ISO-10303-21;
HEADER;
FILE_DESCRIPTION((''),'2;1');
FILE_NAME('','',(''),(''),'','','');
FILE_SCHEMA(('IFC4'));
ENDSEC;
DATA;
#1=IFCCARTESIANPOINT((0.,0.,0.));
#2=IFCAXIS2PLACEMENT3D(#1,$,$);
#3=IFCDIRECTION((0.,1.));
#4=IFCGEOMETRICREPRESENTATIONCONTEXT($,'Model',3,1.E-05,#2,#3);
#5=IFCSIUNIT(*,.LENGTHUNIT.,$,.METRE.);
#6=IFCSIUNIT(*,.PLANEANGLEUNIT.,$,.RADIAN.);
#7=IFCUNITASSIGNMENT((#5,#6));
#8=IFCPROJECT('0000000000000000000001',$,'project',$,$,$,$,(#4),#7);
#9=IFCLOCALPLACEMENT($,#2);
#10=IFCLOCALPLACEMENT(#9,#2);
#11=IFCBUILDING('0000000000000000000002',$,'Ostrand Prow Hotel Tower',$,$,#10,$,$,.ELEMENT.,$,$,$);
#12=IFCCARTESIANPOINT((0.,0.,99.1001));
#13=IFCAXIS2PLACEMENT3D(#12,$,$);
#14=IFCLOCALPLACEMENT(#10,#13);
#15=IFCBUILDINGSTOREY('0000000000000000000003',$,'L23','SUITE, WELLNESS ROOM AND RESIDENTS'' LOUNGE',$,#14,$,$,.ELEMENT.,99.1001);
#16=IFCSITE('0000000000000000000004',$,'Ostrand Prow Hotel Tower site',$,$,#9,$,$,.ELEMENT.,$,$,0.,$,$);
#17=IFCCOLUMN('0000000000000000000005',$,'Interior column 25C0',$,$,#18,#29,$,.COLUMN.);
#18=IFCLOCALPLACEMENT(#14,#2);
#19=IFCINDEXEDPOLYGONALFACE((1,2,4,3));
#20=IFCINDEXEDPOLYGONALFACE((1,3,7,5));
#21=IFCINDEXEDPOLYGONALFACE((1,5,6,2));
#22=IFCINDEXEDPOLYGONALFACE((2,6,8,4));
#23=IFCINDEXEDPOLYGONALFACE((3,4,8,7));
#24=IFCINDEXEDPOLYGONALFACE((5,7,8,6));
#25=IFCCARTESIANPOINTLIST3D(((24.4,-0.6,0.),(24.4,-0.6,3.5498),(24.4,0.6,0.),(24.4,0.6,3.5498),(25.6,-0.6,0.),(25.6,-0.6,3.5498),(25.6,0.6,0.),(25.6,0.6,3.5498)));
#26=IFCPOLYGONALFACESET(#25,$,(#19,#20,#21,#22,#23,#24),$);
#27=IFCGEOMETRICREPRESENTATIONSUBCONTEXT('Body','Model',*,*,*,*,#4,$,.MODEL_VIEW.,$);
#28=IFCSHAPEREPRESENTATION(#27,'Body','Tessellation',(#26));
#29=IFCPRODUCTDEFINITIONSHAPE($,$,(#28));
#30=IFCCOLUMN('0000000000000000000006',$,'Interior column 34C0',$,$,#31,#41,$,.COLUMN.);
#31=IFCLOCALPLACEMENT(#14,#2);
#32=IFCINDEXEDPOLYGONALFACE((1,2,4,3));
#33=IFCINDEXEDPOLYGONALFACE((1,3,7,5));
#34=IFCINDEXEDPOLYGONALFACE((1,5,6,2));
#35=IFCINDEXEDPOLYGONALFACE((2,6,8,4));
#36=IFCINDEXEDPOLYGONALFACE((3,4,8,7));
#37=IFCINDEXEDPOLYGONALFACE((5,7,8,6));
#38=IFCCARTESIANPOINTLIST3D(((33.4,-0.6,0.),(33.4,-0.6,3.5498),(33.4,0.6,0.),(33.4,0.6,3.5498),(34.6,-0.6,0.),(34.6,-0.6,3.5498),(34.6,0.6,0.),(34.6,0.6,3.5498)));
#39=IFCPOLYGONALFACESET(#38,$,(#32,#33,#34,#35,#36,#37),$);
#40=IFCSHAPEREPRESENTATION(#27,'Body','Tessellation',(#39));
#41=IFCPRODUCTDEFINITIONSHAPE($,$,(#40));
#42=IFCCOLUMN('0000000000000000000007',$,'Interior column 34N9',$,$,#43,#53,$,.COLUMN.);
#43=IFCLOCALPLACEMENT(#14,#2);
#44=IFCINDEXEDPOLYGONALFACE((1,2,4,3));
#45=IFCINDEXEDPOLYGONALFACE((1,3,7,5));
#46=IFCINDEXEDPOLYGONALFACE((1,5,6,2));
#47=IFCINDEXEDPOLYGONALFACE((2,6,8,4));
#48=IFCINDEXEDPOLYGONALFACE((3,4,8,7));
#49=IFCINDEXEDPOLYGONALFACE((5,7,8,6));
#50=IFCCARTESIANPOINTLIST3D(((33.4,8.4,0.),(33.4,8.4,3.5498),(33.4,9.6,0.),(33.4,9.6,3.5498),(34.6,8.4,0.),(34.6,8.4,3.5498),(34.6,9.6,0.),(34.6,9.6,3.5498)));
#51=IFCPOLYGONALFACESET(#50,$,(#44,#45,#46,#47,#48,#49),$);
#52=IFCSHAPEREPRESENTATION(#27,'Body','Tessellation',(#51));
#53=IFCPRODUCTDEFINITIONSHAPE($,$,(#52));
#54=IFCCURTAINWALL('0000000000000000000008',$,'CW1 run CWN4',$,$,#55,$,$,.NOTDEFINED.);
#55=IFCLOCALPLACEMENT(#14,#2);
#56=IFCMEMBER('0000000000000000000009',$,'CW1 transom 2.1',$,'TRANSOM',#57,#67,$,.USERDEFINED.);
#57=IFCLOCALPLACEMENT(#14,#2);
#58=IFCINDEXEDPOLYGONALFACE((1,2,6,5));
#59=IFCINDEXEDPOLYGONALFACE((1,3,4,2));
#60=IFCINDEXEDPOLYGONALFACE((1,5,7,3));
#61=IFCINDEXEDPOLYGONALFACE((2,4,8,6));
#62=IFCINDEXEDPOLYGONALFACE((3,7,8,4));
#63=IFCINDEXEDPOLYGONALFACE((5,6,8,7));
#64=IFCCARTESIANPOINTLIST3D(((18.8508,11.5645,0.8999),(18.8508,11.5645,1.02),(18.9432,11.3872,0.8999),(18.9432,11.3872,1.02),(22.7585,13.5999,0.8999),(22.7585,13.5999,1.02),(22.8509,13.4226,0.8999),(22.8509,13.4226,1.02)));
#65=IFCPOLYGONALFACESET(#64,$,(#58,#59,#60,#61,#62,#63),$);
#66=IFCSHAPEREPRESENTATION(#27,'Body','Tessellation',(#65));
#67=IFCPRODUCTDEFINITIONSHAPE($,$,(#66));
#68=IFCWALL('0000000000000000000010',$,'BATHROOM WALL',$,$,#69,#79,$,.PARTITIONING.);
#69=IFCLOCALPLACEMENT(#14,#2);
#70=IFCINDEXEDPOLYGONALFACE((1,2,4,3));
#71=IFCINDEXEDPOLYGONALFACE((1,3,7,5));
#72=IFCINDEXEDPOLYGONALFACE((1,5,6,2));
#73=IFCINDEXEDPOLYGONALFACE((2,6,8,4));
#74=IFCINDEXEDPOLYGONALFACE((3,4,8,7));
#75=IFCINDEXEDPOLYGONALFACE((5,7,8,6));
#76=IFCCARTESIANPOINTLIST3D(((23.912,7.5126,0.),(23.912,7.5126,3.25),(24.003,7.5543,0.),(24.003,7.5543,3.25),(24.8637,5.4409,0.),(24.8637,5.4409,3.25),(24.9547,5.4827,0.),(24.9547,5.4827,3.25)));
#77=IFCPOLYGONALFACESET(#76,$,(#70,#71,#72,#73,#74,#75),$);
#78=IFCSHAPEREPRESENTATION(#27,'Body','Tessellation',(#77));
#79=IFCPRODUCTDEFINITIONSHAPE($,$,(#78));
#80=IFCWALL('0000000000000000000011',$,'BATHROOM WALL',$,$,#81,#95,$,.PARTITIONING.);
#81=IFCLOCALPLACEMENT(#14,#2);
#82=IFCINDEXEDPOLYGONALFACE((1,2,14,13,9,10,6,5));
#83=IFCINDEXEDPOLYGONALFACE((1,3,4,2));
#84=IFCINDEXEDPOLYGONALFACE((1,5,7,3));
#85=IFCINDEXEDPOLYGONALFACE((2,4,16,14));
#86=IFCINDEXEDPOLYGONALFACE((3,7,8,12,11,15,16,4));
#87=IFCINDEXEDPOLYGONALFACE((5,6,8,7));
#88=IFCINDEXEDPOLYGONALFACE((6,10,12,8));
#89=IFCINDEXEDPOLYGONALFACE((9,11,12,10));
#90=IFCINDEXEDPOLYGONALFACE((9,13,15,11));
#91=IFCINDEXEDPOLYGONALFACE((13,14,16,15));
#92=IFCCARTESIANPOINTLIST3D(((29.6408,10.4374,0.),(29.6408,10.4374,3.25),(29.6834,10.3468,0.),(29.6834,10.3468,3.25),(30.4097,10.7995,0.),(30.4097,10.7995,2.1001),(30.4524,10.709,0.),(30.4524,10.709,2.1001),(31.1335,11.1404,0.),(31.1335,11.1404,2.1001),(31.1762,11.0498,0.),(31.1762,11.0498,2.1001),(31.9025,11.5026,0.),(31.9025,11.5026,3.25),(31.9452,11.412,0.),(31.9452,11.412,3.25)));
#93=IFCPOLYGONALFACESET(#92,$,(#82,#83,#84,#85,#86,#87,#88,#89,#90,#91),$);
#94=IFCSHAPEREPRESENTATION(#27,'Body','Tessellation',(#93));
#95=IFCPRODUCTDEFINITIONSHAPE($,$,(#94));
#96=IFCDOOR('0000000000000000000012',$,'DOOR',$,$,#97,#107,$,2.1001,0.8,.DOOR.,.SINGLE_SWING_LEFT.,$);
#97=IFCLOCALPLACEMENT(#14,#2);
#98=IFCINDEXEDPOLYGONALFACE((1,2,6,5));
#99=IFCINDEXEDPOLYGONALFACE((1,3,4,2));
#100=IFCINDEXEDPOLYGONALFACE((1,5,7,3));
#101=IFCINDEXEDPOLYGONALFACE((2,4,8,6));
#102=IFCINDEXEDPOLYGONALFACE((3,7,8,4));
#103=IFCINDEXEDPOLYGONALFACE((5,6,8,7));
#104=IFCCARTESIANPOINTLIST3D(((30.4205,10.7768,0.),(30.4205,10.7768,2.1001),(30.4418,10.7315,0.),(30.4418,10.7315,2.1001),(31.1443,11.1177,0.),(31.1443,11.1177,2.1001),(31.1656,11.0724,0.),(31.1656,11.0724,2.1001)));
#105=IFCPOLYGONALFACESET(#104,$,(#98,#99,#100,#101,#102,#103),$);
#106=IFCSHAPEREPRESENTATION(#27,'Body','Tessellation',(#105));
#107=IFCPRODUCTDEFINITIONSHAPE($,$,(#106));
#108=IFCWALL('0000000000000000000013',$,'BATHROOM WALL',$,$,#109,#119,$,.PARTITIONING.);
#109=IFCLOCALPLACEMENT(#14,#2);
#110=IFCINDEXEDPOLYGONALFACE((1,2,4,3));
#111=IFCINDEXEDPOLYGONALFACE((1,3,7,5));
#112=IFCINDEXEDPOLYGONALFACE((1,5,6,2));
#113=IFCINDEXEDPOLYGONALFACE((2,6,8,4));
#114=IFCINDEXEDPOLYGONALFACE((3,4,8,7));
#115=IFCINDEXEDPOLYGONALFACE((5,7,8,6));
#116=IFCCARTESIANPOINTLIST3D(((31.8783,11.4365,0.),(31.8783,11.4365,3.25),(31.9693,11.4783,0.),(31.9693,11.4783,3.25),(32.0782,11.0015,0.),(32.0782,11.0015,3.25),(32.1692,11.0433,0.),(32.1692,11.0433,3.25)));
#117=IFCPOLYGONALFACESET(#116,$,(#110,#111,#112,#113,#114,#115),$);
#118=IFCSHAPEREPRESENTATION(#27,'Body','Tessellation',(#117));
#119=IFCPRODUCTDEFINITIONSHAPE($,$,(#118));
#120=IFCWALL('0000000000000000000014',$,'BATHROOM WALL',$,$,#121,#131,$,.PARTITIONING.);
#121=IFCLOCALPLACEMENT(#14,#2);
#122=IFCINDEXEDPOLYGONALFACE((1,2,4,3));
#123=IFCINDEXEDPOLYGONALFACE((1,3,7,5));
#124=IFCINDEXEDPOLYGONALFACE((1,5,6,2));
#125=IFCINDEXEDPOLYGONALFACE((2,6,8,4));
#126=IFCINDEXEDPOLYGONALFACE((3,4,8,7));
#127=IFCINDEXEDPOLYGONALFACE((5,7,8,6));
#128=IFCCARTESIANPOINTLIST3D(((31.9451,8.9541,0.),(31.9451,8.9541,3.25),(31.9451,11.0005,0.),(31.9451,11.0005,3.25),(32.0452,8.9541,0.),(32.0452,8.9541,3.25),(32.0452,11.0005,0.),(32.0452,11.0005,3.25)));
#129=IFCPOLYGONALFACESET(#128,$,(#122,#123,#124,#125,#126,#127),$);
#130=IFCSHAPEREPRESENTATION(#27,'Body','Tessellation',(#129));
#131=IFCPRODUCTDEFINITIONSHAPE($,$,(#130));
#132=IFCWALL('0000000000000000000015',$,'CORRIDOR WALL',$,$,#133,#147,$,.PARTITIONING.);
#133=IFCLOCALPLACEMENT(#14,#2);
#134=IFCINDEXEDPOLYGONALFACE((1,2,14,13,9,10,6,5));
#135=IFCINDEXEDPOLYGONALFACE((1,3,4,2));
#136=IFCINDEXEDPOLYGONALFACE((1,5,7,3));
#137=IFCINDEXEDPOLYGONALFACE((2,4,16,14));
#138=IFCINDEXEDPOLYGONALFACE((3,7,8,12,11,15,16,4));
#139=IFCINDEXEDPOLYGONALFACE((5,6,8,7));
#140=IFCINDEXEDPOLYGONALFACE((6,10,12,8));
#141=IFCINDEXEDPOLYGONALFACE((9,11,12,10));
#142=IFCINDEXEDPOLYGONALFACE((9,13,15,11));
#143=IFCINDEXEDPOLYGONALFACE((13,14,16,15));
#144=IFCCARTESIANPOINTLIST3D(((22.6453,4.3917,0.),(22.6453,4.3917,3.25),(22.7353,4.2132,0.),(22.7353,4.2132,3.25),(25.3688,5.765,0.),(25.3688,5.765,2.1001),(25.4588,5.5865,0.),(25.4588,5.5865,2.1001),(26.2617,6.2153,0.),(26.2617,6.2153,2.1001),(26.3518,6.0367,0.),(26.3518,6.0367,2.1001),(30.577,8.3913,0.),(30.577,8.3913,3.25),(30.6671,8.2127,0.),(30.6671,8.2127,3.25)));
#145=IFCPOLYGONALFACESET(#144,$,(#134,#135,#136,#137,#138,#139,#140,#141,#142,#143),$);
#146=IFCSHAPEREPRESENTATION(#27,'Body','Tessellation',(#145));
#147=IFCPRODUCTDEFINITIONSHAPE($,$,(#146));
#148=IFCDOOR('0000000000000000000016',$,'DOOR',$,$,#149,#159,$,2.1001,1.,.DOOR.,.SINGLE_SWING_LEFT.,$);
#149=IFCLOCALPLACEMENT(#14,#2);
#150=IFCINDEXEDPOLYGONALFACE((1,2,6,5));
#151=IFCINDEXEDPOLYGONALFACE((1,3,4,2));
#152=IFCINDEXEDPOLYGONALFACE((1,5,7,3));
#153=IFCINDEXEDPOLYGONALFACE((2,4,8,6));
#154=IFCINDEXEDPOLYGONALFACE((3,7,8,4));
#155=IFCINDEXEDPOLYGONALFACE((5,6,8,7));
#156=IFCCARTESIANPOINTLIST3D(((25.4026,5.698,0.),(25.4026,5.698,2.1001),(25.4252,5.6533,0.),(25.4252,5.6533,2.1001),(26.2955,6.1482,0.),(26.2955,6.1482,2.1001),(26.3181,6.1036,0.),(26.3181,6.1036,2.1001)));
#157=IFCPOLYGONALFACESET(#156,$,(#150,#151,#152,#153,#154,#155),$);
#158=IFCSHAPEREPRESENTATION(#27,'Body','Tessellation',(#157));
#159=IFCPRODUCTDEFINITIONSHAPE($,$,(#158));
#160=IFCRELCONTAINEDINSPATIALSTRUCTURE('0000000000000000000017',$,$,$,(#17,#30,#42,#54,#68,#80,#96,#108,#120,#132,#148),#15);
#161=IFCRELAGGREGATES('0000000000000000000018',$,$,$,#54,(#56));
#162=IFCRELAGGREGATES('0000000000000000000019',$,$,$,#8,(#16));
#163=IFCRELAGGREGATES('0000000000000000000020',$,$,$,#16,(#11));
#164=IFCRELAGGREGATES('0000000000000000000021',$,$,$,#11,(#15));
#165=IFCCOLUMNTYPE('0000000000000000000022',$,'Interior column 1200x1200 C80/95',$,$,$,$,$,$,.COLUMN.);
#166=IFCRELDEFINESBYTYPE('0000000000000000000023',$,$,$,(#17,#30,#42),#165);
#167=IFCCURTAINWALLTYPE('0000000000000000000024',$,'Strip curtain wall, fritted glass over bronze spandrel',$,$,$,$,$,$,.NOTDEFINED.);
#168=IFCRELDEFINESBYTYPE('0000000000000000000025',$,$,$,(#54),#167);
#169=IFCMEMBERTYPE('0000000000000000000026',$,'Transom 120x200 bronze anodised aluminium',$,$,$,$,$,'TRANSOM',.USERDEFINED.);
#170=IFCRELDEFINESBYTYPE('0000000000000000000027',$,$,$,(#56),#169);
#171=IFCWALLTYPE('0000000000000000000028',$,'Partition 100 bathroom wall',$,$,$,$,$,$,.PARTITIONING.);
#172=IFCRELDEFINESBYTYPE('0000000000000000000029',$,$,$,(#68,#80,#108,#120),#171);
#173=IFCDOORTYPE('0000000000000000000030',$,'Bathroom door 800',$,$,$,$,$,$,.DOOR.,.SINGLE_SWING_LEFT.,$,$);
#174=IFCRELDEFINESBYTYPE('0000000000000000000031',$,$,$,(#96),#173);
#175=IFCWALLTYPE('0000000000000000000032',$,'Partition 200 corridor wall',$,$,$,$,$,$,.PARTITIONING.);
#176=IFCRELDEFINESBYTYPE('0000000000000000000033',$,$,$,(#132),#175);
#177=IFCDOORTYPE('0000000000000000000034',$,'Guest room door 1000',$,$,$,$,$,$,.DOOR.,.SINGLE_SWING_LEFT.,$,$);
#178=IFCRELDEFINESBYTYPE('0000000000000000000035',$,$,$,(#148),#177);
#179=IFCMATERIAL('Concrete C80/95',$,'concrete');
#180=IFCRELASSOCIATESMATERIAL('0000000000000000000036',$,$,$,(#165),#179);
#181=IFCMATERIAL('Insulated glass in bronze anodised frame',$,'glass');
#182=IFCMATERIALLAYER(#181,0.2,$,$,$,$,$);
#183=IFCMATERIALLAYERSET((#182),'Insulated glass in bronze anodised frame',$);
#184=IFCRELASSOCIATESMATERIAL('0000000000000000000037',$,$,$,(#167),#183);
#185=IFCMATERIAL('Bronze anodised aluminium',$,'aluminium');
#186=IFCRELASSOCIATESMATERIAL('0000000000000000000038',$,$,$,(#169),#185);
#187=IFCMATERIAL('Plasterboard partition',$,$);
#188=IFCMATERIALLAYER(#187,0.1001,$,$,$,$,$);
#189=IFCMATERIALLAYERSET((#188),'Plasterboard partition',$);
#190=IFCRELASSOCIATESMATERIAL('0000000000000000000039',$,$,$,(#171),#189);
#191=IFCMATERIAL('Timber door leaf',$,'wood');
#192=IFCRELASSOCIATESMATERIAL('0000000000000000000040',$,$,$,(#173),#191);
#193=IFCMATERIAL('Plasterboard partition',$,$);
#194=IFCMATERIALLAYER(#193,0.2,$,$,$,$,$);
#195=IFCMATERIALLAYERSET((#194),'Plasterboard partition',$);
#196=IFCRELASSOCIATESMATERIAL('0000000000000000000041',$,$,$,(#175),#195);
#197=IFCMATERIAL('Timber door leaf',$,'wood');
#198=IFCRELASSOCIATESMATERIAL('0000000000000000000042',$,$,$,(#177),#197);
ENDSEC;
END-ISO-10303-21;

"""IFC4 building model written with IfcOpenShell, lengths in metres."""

from ifc_helpers import new_model, si_unit, direction, frame, frame_2d, origin, origin_2d, place, context, subcontext, project, spatial, rectangle, extrude, material, layer, layer_set, material_profile, profile_set, type_object, element, fill, aggregate, save


model = new_model("IFC4")

# Units and contexts
model_context = context("Model", 3, precision=1e-05, world=origin(), true_north=direction((0.0, 1.0)))
body_context = subcontext(model_context, "Body", "Model", "MODEL_VIEW")
ifc_project = project(units=[si_unit("LENGTHUNIT", "METRE"), si_unit("PLANEANGLEUNIT", "RADIAN")], contexts=[model_context])

# Site, building, storey
site_placement = place(None, origin())
site = spatial("IfcSite", under=ifc_project, at=site_placement, Name="Ostrand Prow Hotel Tower site", CompositionType="ELEMENT", RefElevation=0.0)
building_placement = place(site_placement, origin())
building = spatial("IfcBuilding", under=site, at=building_placement, Name="Ostrand Prow Hotel Tower", CompositionType="ELEMENT")
storey_placement = place(building_placement, frame((0.0, 0.0, 99.1001)))
storey = spatial("IfcBuildingStorey", under=building, at=storey_placement, Name="L23", Description="SUITE, WELLNESS ROOM AND RESIDENTS' LOUNGE", CompositionType="ELEMENT", Elevation=99.1001)

# Columns
ifc_material_1 = material(Name="Concrete C80/95", Category="concrete")
ifc_material_profile_1 = material_profile(ifc_material_1, rectangle(XDim=1.2, YDim=1.2, at=origin_2d()), Name="RC 1200x1200")
ifc_profile_set_1 = profile_set([ifc_material_profile_1], Name="Concrete C80/95")
column_type = type_object("IfcColumnType", Name="Interior column 1200x1200 C80/95", PredefinedType="COLUMN", material=ifc_profile_set_1)
for number, where, z_axis, x_axis, name in (
    (1, (25.0, 0.0, 0.0), (0.0, 0.0, 1.0), (1.0, 0.0, 0.0), "Interior column 25C0"),
    (2, (34.0, 0.0, 0.0), (0.0, 0.0, 1.0), (1.0, 0.0, 0.0), "Interior column 34C0"),
    (3, (34.0, 9.0, 0.0), (0.0, 0.0, 1.0), (1.0, 0.0, 0.0), "Interior column 34N9"),
):
    element("IfcColumn", number, at=place(storey_placement, frame(where, z_axis=z_axis, x_axis=x_axis)), inside=storey, type_object=column_type, Name=name, PredefinedType="COLUMN", context=body_context, shape_type="SweptSolid", body=[
        extrude(rectangle(XDim=1.2, YDim=1.2, at=origin_2d()), origin(), (0.0, 0.0, 1.0), 3.5498),
    ])

# Curtain wall, member
ifc_material_2 = material(Name="Insulated glass in bronze anodised frame", Category="glass")
ifc_layer_1 = layer(ifc_material_2, 0.2)
ifc_layer_set_1 = layer_set([ifc_layer_1], Name="Insulated glass in bronze anodised frame")
curtain_wall_type = type_object("IfcCurtainWallType", Name="Strip curtain wall, fritted glass over bronze spandrel", PredefinedType="NOTDEFINED", material=ifc_layer_set_1)
curtain_wall_placement = place(storey_placement, origin())
curtain_wall = element("IfcCurtainWall", 4, at=curtain_wall_placement, inside=storey, type_object=curtain_wall_type, Name="CW1 run CWN4", PredefinedType="NOTDEFINED")
ifc_material_3 = material(Name="Bronze anodised aluminium", Category="aluminium")
ifc_material_profile_2 = material_profile(ifc_material_3, rectangle(XDim=0.2, YDim=0.1201, at=origin_2d()), Name="Transom 120x200 bronze anodised aluminium")
ifc_profile_set_2 = profile_set([ifc_material_profile_2], Name="Bronze anodised aluminium")
member_type = type_object("IfcMemberType", Name="Transom 120x200 bronze anodised aluminium", ElementType="TRANSOM", PredefinedType="USERDEFINED", material=ifc_profile_set_2)
member_placement = place(storey_placement, frame((22.8047, 13.5112, 0.96), z_axis=(-0.886902, -0.461958, 0.0), x_axis=(0.461958, -0.886902, 0.0)))
member = element("IfcMember", 5, at=member_placement, type_object=member_type, Name="CW1 transom 2.1", ObjectType="TRANSOM", PredefinedType="USERDEFINED", context=body_context, shape_type="SweptSolid", body=[
    extrude(rectangle(XDim=0.2, YDim=0.1201, at=origin_2d()), origin(), (0.0, 0.0, 1.0), 4.406),
])
aggregate(curtain_wall, [member])

# Wall
ifc_material_4 = material(Name="Plasterboard partition")
ifc_layer_2 = layer(ifc_material_4, 0.1001)
ifc_layer_set_2 = layer_set([ifc_layer_2], Name="Plasterboard partition")
wall_type_1 = type_object("IfcWallType", Name="Partition 100 bathroom wall", PredefinedType="PARTITIONING", material=ifc_layer_set_2)
wall_1_placement = place(storey_placement, frame((23.9575, 7.5334, 0.0), z_axis=(0.0, 0.0, 1.0), x_axis=(0.417455, -0.908698, 0.0)))
element("IfcWall", 6, at=wall_1_placement, inside=storey, type_object=wall_type_1, Name="BATHROOM WALL", PredefinedType="PARTITIONING", context=body_context, shape_type="SweptSolid", body=[
    extrude(rectangle(XDim=2.2798, YDim=0.1001, at=frame_2d((1.1399, 0.0))), origin(), (0.0, 0.0, 1.0), 3.25),
])

# Wall, opening, door
wall_2_placement = place(storey_placement, frame((29.6621, 10.3921, 0.0), z_axis=(0.0, 0.0, 1.0), x_axis=(0.904688, 0.426074, 0.0)))
wall_2 = element("IfcWall", 7, at=wall_2_placement, inside=storey, type_object=wall_type_1, Name="BATHROOM WALL", PredefinedType="PARTITIONING", context=body_context, shape_type="SweptSolid", body=[
    extrude(rectangle(XDim=2.5, YDim=0.1001, at=frame_2d((1.25, 0.0))), origin(), (0.0, 0.0, 1.0), 3.25),
])
opening_1_placement = place(wall_2_placement, frame((0.8501, 0.0, 0.0)))
opening_1 = element("IfcOpeningElement", 8, at=opening_1_placement, cuts=wall_2, PredefinedType="OPENING", context=body_context, shape_type="SweptSolid", body=[
    extrude(rectangle(XDim=0.8, YDim=2.1001, at=frame_2d((0.3999, 1.05))), frame((0.0, 0.0601, 0.0), z_axis=(0.0, -1.0, 0.0), x_axis=(1.0, 0.0, 0.0)), (0.0, 0.0, 1.0), 0.1201),
])
ifc_material_5 = material(Name="Timber door leaf", Category="wood")
door_type_1 = type_object("IfcDoorType", Name="Bathroom door 800", OperationType="SINGLE_SWING_LEFT", PredefinedType="DOOR", material=ifc_material_5)
door_1_placement = place(opening_1_placement, origin())
door_1 = element("IfcDoor", 9, at=door_1_placement, inside=storey, type_object=door_type_1, Name="DOOR", OperationType="SINGLE_SWING_LEFT", OverallHeight=2.1001, OverallWidth=0.8, PredefinedType="DOOR", context=body_context, shape_type="SweptSolid", body=[
    extrude(rectangle(XDim=0.8, YDim=2.1001, at=frame_2d((0.3999, 1.05))), frame((0.0, 0.0249, 0.0), z_axis=(0.0, -1.0, 0.0), x_axis=(1.0, 0.0, 0.0)), (0.0, 0.0, 1.0), 0.05),
])
fill(opening_1, door_1)

# Walls
wall_3_placement = place(storey_placement, frame((31.9238, 11.4573, 0.0), z_axis=(0.0, 0.0, 1.0), x_axis=(0.417603, -0.90863, 0.0)))
element("IfcWall", 10, at=wall_3_placement, inside=storey, type_object=wall_type_1, Name="BATHROOM WALL", PredefinedType="PARTITIONING", context=body_context, shape_type="SweptSolid", body=[
    extrude(rectangle(XDim=0.4788, YDim=0.1001, at=frame_2d((0.2393, 0.0))), origin(), (0.0, 0.0, 1.0), 3.25),
])
wall_4_placement = place(storey_placement, frame((31.9951, 11.0005, 0.0), z_axis=(0.0, 0.0, 1.0), x_axis=(0.0, -1.0, 0.0)))
element("IfcWall", 11, at=wall_4_placement, inside=storey, type_object=wall_type_1, Name="BATHROOM WALL", PredefinedType="PARTITIONING", context=body_context, shape_type="SweptSolid", body=[
    extrude(rectangle(XDim=2.0464, YDim=0.1001, at=frame_2d((1.0232, 0.0))), origin(), (0.0, 0.0, 1.0), 3.25),
])

# Wall, opening, door
ifc_material_6 = material(Name="Plasterboard partition")
ifc_layer_3 = layer(ifc_material_6, 0.2)
ifc_layer_set_3 = layer_set([ifc_layer_3], Name="Plasterboard partition")
wall_type_2 = type_object("IfcWallType", Name="Partition 200 corridor wall", PredefinedType="PARTITIONING", material=ifc_layer_set_3)
wall_5_placement = place(storey_placement, frame((22.6904, 4.3025, 0.0), z_axis=(0.0, 0.0, 1.0), x_axis=(0.892905, 0.450245, 0.0)))
wall_5 = element("IfcWall", 12, at=wall_5_placement, inside=storey, type_object=wall_type_2, Name="CORRIDOR WALL", PredefinedType="PARTITIONING", context=body_context, shape_type="SweptSolid", body=[
    extrude(rectangle(XDim=8.8831, YDim=0.2, at=frame_2d((4.4414, 0.0))), origin(), (0.0, 0.0, 1.0), 3.25),
])
opening_2_placement = place(wall_5_placement, frame((3.05, 0.0, 0.0)))
opening_2 = element("IfcOpeningElement", 13, at=opening_2_placement, cuts=wall_5, PredefinedType="OPENING", context=body_context, shape_type="SweptSolid", body=[
    extrude(rectangle(XDim=1.0, YDim=2.1001, at=frame_2d((0.5, 1.05))), frame((0.0, 0.1099, 0.0), z_axis=(0.0, -1.0, 0.0), x_axis=(1.0, 0.0, 0.0)), (0.0, 0.0, 1.0), 0.22),
])
ifc_material_7 = material(Name="Timber door leaf", Category="wood")
door_type_2 = type_object("IfcDoorType", Name="Guest room door 1000", OperationType="SINGLE_SWING_LEFT", PredefinedType="DOOR", material=ifc_material_7)
door_2_placement = place(opening_2_placement, origin())
door_2 = element("IfcDoor", 14, at=door_2_placement, inside=storey, type_object=door_type_2, Name="DOOR", OperationType="SINGLE_SWING_LEFT", OverallHeight=2.1001, OverallWidth=1.0, PredefinedType="DOOR", context=body_context, shape_type="SweptSolid", body=[
    extrude(rectangle(XDim=1.0, YDim=2.1001, at=frame_2d((0.5, 1.05))), frame((0.0, 0.0249, 0.0), z_axis=(0.0, -1.0, 0.0), x_axis=(1.0, 0.0, 0.0)), (0.0, 0.0, 1.0), 0.05),
])
fill(opening_2, door_2)

save(model, "model.ifc")
